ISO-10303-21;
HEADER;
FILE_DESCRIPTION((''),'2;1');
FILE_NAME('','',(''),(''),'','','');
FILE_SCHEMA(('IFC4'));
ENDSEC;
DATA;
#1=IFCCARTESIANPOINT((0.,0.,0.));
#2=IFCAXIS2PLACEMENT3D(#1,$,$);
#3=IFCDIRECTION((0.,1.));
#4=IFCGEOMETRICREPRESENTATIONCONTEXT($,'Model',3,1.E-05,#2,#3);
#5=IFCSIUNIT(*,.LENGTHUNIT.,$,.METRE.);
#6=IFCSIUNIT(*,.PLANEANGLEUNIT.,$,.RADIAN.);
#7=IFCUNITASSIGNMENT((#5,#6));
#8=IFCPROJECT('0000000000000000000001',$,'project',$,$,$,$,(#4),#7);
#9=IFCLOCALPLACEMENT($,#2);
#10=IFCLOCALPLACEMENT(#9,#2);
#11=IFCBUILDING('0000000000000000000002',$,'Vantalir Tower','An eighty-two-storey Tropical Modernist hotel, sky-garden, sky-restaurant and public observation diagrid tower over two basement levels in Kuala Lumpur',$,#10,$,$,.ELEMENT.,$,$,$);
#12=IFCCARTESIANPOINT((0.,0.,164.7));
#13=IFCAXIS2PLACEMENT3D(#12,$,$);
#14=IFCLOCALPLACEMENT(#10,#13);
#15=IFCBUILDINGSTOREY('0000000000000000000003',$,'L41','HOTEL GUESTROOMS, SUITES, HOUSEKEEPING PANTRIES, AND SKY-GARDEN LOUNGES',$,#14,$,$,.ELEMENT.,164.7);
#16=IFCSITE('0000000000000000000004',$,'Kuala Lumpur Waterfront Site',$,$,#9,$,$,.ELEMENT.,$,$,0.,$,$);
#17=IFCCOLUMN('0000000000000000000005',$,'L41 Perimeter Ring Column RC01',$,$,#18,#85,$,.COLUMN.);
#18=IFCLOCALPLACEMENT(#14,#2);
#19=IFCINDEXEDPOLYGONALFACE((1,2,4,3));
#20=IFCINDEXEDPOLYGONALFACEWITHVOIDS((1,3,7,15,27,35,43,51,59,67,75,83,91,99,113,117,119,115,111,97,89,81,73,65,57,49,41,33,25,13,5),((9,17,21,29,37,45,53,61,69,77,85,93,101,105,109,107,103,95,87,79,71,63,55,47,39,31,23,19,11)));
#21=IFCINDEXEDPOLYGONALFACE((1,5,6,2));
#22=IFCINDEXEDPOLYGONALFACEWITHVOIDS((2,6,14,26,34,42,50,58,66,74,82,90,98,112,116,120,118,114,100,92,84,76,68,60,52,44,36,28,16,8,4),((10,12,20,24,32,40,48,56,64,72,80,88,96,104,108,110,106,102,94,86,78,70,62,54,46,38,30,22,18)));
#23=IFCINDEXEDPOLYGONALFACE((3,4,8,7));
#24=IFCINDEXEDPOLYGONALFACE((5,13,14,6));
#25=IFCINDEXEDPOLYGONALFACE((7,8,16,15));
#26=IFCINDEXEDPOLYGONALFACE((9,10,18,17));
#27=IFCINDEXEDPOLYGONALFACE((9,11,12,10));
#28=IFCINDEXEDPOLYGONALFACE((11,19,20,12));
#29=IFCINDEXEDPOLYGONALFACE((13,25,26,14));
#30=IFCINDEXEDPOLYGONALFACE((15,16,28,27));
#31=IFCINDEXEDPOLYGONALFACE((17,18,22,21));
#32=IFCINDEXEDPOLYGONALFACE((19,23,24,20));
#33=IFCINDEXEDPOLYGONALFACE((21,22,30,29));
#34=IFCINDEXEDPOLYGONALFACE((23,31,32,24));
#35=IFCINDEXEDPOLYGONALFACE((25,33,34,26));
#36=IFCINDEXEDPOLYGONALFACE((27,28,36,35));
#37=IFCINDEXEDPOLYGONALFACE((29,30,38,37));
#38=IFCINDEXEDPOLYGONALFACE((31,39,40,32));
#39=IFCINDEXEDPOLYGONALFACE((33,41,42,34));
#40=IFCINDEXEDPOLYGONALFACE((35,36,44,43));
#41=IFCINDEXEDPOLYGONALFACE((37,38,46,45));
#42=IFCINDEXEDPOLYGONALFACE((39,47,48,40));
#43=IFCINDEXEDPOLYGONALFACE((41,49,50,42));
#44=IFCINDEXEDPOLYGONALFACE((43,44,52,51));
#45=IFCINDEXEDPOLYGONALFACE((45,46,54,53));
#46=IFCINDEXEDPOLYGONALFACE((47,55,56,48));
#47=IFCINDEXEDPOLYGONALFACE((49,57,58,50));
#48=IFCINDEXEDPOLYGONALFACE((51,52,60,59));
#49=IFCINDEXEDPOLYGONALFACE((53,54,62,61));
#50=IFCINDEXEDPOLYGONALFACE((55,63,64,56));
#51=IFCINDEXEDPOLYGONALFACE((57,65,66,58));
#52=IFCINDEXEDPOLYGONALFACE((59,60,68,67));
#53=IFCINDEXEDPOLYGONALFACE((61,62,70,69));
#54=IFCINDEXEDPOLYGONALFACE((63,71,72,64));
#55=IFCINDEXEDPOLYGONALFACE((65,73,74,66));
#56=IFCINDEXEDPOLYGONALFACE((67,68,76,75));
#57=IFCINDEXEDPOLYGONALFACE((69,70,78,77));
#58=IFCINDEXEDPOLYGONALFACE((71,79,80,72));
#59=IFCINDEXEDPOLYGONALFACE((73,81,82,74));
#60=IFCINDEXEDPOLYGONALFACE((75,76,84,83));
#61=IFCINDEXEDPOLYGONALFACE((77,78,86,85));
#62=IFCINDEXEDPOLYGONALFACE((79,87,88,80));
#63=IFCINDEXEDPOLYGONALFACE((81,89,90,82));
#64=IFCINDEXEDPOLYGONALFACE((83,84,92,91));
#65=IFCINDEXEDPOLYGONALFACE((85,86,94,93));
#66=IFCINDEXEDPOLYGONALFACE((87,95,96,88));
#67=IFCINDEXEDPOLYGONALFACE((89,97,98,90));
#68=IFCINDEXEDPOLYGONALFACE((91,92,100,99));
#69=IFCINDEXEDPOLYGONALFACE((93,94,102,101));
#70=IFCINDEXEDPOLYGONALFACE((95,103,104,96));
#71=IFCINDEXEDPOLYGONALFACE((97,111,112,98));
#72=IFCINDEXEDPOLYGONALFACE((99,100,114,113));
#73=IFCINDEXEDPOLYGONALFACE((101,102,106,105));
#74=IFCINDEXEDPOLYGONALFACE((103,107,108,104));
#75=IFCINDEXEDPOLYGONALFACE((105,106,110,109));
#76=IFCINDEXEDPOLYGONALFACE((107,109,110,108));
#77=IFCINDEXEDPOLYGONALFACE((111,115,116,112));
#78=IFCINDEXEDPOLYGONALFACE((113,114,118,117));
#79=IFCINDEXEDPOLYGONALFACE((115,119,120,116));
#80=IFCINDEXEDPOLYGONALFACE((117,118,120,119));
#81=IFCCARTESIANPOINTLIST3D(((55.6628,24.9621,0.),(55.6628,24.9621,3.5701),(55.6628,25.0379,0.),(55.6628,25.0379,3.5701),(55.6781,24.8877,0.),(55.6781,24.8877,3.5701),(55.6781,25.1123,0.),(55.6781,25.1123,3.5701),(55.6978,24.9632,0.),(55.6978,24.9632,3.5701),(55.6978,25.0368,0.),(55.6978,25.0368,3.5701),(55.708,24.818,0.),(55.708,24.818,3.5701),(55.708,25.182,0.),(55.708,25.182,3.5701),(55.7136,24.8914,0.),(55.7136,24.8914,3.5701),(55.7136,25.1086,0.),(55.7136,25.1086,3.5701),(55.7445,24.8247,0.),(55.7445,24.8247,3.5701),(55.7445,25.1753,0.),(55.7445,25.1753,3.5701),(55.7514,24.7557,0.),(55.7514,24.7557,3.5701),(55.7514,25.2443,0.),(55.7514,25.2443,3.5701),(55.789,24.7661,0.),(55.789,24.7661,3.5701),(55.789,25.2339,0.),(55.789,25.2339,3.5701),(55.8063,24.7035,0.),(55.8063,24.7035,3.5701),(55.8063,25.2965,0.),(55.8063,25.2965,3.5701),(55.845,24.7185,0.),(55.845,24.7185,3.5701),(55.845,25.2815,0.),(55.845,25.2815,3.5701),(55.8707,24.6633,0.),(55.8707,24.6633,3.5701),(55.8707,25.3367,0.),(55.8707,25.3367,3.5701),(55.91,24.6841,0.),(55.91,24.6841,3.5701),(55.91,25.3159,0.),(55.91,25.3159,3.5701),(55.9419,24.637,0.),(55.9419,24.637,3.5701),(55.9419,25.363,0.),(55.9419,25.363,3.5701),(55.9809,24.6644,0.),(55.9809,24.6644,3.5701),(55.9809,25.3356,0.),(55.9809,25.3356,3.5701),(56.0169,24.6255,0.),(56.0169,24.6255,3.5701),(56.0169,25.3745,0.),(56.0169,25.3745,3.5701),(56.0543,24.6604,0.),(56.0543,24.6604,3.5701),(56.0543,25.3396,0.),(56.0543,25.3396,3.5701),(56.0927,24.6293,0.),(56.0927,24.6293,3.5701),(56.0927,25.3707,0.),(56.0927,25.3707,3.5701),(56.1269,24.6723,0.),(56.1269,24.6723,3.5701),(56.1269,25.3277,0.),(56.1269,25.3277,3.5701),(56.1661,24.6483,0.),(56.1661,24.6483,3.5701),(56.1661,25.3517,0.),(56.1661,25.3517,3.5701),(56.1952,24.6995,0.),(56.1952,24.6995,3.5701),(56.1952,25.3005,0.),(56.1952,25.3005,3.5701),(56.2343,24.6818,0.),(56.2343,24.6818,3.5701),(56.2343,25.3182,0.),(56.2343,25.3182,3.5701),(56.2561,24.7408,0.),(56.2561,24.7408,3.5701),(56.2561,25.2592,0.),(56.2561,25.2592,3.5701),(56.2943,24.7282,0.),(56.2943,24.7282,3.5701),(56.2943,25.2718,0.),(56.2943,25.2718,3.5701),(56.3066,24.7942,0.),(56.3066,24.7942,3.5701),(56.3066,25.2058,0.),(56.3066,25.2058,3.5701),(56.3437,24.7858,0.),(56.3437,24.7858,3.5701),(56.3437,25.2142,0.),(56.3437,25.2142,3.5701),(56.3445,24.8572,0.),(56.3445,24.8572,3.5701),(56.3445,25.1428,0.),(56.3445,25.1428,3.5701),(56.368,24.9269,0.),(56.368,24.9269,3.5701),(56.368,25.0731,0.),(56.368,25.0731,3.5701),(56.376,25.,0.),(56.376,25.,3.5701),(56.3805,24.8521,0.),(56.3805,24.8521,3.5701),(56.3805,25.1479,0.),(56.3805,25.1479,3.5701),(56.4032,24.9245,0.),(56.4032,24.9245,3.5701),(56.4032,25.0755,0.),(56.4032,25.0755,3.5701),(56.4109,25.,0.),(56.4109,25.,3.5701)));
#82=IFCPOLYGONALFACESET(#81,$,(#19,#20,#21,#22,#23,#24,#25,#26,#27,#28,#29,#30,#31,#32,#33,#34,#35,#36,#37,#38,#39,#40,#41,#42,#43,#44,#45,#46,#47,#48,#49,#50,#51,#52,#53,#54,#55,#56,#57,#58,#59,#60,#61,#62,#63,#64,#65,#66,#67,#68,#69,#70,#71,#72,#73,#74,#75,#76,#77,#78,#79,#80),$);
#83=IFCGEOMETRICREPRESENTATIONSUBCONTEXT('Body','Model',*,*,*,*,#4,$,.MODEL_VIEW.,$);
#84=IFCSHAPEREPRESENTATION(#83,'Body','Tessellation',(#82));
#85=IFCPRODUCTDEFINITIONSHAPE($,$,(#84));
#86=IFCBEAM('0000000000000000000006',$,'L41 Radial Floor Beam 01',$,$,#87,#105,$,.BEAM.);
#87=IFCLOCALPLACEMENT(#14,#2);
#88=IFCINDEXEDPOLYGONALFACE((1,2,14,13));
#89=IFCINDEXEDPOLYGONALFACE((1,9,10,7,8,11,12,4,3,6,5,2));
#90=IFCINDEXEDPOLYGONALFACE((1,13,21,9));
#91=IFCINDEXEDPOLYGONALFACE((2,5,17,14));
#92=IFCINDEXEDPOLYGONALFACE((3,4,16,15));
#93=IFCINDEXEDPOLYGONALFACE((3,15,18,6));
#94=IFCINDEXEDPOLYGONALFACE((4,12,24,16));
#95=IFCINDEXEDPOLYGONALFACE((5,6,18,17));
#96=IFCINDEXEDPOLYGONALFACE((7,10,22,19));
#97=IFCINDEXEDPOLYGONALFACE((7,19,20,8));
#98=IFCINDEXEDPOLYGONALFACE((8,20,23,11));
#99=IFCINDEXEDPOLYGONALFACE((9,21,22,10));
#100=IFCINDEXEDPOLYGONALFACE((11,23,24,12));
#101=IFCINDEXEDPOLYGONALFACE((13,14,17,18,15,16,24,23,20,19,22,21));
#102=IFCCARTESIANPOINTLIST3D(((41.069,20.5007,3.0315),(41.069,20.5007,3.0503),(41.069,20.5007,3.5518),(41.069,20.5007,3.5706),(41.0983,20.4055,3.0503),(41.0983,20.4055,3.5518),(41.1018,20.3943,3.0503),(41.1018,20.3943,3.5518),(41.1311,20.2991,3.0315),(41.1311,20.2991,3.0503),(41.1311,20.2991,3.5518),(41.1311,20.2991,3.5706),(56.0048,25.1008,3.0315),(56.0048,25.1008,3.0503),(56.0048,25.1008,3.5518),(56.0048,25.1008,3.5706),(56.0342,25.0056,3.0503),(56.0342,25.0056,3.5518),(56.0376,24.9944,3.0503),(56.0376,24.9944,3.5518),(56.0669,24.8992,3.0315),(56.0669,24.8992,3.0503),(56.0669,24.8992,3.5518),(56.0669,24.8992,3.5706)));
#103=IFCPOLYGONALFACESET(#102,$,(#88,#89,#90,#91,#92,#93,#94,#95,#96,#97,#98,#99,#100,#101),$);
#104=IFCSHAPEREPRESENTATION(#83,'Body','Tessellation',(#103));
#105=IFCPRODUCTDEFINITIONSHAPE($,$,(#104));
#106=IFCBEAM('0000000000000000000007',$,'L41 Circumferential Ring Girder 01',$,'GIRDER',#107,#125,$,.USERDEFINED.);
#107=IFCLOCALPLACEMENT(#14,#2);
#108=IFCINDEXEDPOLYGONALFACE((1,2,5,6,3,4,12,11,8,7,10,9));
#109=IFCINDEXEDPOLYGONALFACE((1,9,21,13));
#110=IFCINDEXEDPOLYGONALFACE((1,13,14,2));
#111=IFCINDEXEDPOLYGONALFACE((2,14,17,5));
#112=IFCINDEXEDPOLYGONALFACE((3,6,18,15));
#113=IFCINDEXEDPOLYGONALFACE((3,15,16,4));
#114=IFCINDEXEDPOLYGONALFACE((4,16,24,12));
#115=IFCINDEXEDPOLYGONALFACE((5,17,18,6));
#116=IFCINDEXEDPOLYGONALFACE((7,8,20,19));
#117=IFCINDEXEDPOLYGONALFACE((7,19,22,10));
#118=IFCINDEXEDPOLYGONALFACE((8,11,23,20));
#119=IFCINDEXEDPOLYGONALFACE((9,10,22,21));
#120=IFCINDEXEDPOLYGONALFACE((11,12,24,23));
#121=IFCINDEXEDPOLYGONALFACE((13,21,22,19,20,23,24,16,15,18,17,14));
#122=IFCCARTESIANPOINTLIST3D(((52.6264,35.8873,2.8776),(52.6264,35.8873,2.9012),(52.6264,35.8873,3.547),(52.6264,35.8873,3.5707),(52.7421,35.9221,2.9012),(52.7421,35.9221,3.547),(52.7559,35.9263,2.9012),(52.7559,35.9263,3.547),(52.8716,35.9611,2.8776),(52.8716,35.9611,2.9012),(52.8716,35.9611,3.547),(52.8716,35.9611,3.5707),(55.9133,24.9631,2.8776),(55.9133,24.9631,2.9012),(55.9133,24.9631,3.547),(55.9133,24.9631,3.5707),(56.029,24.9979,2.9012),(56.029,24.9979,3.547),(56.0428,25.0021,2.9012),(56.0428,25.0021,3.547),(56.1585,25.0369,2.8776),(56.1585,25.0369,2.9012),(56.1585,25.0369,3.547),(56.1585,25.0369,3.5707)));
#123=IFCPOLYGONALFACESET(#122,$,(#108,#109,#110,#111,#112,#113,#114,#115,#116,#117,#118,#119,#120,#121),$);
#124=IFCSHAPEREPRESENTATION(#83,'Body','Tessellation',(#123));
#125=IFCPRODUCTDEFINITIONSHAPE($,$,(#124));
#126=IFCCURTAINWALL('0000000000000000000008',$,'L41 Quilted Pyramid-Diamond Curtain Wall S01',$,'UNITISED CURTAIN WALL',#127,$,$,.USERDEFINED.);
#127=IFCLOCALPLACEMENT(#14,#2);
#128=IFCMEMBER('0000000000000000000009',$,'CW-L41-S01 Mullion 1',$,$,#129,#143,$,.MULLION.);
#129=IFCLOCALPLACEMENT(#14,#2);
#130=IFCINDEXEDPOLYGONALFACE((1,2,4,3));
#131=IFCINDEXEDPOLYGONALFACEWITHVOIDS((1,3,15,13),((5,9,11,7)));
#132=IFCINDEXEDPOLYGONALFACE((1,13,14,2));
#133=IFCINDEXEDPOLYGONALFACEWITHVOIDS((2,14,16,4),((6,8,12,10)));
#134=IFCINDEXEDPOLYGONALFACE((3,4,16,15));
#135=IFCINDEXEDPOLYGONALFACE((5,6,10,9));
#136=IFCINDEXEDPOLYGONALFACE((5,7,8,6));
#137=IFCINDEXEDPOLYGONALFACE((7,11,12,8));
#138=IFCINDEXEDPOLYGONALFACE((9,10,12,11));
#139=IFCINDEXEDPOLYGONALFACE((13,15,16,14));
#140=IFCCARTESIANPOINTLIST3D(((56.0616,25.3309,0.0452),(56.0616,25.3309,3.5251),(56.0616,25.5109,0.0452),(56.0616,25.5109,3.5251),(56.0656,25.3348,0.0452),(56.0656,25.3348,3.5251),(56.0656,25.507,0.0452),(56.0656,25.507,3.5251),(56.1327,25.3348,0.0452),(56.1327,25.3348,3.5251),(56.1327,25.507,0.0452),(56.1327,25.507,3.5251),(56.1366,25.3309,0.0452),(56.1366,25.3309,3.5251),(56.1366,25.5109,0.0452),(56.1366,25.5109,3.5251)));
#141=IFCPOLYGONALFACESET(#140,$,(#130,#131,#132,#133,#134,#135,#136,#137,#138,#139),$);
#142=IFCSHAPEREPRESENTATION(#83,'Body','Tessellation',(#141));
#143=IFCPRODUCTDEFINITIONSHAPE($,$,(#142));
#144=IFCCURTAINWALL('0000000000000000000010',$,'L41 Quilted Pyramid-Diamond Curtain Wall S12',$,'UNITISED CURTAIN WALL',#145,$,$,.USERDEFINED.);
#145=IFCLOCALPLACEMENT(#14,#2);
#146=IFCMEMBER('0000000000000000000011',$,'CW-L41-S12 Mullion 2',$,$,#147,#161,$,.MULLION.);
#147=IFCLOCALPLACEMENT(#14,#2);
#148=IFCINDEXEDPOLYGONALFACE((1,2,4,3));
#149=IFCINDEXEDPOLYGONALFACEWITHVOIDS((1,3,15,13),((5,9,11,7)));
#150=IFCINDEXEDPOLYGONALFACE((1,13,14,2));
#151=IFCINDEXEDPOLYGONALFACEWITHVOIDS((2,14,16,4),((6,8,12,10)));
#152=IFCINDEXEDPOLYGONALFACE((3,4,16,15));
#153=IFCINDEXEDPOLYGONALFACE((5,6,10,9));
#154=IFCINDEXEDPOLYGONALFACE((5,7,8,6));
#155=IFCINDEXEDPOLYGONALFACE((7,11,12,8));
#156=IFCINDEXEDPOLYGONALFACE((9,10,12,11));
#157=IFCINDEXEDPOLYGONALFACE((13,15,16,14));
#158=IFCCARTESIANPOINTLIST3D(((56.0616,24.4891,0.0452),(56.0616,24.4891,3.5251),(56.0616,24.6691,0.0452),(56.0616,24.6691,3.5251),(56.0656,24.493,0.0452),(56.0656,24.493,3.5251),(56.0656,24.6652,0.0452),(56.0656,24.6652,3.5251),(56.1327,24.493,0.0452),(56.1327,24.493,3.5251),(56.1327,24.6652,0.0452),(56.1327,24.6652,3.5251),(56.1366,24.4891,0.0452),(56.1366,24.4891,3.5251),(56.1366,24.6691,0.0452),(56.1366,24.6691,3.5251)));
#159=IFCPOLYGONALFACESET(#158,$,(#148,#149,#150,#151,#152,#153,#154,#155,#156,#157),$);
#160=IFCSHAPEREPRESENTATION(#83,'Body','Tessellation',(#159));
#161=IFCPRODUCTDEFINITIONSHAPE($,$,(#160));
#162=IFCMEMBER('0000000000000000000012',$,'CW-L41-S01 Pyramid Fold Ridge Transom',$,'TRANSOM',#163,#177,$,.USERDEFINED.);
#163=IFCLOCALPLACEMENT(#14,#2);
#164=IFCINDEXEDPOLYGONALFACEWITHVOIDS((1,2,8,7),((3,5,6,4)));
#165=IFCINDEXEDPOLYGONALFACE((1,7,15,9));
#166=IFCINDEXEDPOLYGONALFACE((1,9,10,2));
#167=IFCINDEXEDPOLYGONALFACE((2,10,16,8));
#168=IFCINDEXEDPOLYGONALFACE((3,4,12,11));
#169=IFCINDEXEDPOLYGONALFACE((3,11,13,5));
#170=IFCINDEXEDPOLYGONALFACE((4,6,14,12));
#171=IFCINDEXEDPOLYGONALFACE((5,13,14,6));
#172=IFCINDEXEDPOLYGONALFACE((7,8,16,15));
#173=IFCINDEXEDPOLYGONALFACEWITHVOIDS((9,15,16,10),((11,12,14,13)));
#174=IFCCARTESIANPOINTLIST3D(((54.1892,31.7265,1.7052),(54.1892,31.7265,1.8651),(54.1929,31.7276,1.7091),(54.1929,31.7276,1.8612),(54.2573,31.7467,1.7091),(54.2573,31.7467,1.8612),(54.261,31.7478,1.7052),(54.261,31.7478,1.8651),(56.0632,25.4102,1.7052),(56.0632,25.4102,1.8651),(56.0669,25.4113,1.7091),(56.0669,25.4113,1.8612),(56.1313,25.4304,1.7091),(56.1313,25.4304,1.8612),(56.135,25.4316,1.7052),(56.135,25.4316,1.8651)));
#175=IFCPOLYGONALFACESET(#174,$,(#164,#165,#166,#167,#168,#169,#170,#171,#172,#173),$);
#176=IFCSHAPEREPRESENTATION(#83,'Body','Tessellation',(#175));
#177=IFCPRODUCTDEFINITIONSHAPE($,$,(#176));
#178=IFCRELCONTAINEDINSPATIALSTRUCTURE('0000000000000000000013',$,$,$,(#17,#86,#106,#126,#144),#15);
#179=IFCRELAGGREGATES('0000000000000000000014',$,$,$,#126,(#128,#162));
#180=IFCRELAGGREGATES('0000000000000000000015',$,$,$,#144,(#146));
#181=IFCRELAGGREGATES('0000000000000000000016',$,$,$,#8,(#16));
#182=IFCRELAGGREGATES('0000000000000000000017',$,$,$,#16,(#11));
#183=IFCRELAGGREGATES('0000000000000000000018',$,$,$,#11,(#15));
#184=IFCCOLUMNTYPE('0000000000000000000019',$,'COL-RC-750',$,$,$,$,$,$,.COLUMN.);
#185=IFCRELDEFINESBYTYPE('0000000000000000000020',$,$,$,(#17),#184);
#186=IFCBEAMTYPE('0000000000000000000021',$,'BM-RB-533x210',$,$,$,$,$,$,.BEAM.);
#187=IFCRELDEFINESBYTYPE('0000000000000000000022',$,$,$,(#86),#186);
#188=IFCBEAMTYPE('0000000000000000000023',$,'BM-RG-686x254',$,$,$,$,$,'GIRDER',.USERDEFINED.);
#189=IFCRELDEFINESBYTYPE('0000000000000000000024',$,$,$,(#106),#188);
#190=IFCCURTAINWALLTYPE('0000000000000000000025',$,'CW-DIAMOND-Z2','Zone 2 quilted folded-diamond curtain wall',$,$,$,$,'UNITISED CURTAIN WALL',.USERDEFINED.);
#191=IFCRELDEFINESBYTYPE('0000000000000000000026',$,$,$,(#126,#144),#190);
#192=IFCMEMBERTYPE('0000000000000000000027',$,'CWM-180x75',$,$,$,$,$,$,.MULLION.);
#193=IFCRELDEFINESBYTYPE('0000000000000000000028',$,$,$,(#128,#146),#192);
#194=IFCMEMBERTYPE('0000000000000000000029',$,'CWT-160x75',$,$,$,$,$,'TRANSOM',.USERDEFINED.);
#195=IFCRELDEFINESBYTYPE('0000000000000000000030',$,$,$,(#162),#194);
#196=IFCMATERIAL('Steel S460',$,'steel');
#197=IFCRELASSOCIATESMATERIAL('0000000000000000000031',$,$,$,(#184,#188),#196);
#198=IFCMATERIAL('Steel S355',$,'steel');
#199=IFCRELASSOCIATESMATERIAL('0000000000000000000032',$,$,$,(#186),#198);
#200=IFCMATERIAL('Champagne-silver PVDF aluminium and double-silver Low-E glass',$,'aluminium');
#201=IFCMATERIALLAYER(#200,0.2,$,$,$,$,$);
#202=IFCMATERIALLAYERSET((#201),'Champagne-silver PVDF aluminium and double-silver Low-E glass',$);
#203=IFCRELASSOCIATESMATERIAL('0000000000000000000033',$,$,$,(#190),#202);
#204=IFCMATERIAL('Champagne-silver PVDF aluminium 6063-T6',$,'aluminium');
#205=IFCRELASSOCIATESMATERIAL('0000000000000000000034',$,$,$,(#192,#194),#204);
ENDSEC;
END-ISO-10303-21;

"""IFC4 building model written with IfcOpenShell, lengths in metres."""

from ifc_helpers import new_model, si_unit, direction, frame, origin, origin_2d, place, context, subcontext, project, spatial, hollow_rectangle, hollow_circle, i_section, extrude, material, layer, layer_set, material_profile, profile_set, type_object, element, aggregate, save


model = new_model("IFC4")

# Units and contexts
model_context = context("Model", 3, precision=1e-05, world=origin(), true_north=direction((0.0, 1.0)))
body_context = subcontext(model_context, "Body", "Model", "MODEL_VIEW")
ifc_project = project(units=[si_unit("LENGTHUNIT", "METRE"), si_unit("PLANEANGLEUNIT", "RADIAN")], contexts=[model_context])

# Site, building, storey
site_placement = place(None, origin())
site = spatial("IfcSite", under=ifc_project, at=site_placement, Name="Kuala Lumpur Waterfront Site", CompositionType="ELEMENT", RefElevation=0.0)
building_placement = place(site_placement, origin())
building = spatial("IfcBuilding", under=site, at=building_placement, Name="Vantalir Tower", Description="An eighty-two-storey Tropical Modernist hotel, sky-garden, sky-restaurant and public observation diagrid tower over two basement levels in Kuala Lumpur", CompositionType="ELEMENT")
storey_placement = place(building_placement, frame((0.0, 0.0, 164.7)))
storey = spatial("IfcBuildingStorey", under=building, at=storey_placement, Name="L41", Description="HOTEL GUESTROOMS, SUITES, HOUSEKEEPING PANTRIES, AND SKY-GARDEN LOUNGES", CompositionType="ELEMENT", Elevation=164.7)

# Column
ifc_material_1 = material(Name="Steel S460", Category="steel")
ifc_material_profile_1 = material_profile(ifc_material_1, hollow_circle(Radius=0.375, WallThickness=0.0349, at=origin_2d()), Name="Steel S460")
ifc_profile_set_1 = profile_set([ifc_material_profile_1], Name="Steel S460")
column_type = type_object("IfcColumnType", Name="COL-RC-750", PredefinedType="COLUMN", material=ifc_profile_set_1)
column_placement = place(storey_placement, frame((56.0359, 25.0, 0.0), z_axis=(0.0, 0.0, 1.0), x_axis=(1.0, 0.0, 0.0)))
element("IfcColumn", 1, at=column_placement, inside=storey, type_object=column_type, Name="L41 Perimeter Ring Column RC01", PredefinedType="COLUMN", context=body_context, shape_type="SweptSolid", body=[
    extrude(hollow_circle(Radius=0.375, WallThickness=0.0349, at=origin_2d()), origin(), (0.0, 0.0, 1.0), 3.5701),
])

# Beams
ifc_material_2 = material(Name="Steel S355", Category="steel")
ifc_material_profile_2 = material_profile(ifc_material_2, i_section(OverallWidth=0.2109, OverallDepth=0.5391, WebThickness=0.0117, FlangeThickness=0.0188, at=origin_2d()), Name="Steel S355")
ifc_profile_set_2 = profile_set([ifc_material_profile_2], Name="Steel S355")
beam_type_1 = type_object("IfcBeamType", Name="BM-RB-533x210", PredefinedType="BEAM", material=ifc_profile_set_2)
beam_1_placement = place(storey_placement, frame((56.0359, 25.0, 3.301), z_axis=(-0.955699, -0.294347, 0.0), x_axis=(0.294347, -0.955699, 0.0)))
element("IfcBeam", 2, at=beam_1_placement, inside=storey, type_object=beam_type_1, Name="L41 Radial Floor Beam 01", PredefinedType="BEAM", context=body_context, shape_type="SweptSolid", body=[
    extrude(i_section(OverallWidth=0.2109, OverallDepth=0.5391, WebThickness=0.0117, FlangeThickness=0.0188, at=origin_2d()), origin(), (0.0, 0.0, 1.0), 15.6282),
])
ifc_material_profile_3 = material_profile(ifc_material_1, i_section(OverallWidth=0.2561, OverallDepth=0.6931, WebThickness=0.0144, FlangeThickness=0.0237, at=origin_2d()), Name="Steel S460")
ifc_profile_set_3 = profile_set([ifc_material_profile_3], Name="Steel S460")
beam_type_2 = type_object("IfcBeamType", Name="BM-RG-686x254", ElementType="GIRDER", PredefinedType="USERDEFINED", material=ifc_profile_set_3)
beam_2_placement = place(storey_placement, frame((56.0359, 25.0, 3.2241), z_axis=(-0.288123, 0.957593, 0.0), x_axis=(-0.957593, -0.288123, 0.0)))
element("IfcBeam", 3, at=beam_2_placement, inside=storey, type_object=beam_type_2, Name="L41 Circumferential Ring Girder 01", ObjectType="GIRDER", PredefinedType="USERDEFINED", context=body_context, shape_type="SweptSolid", body=[
    extrude(i_section(OverallWidth=0.2561, OverallDepth=0.6931, WebThickness=0.0144, FlangeThickness=0.0237, at=origin_2d()), origin(), (0.0, 0.0, 1.0), 11.408),
])

# Curtain walls, members
ifc_material_3 = material(Name="Champagne-silver PVDF aluminium and double-silver Low-E glass", Category="aluminium")
ifc_layer_1 = layer(ifc_material_3, 0.2)
ifc_layer_set_1 = layer_set([ifc_layer_1], Name="Champagne-silver PVDF aluminium and double-silver Low-E glass")
curtain_wall_type = type_object("IfcCurtainWallType", Name="CW-DIAMOND-Z2", Description="Zone 2 quilted folded-diamond curtain wall", ElementType="UNITISED CURTAIN WALL", PredefinedType="USERDEFINED", material=ifc_layer_set_1)
curtain_wall_1_placement = place(storey_placement, origin())
curtain_wall_1 = element("IfcCurtainWall", 4, at=curtain_wall_1_placement, inside=storey, type_object=curtain_wall_type, Name="L41 Quilted Pyramid-Diamond Curtain Wall S01", ObjectType="UNITISED CURTAIN WALL", PredefinedType="USERDEFINED")
ifc_material_4 = material(Name="Champagne-silver PVDF aluminium 6063-T6", Category="aluminium")
ifc_material_profile_4 = material_profile(ifc_material_4, hollow_rectangle(XDim=0.075, YDim=0.1799, WallThickness=0.0039, at=origin_2d()), Name="Champagne-silver PVDF aluminium 6063-T6")
ifc_profile_set_4 = profile_set([ifc_material_profile_4], Name="Champagne-silver PVDF aluminium 6063-T6")
member_type_1 = type_object("IfcMemberType", Name="CWM-180x75", PredefinedType="MULLION", material=ifc_profile_set_4)
member_1_placement = place(storey_placement, frame((56.0991, 25.4209, 0.0452), z_axis=(0.0, 0.0, 1.0), x_axis=(1.0, 0.0, 0.0)))
member_1 = element("IfcMember", 5, at=member_1_placement, type_object=member_type_1, Name="CW-L41-S01 Mullion 1", PredefinedType="MULLION", context=body_context, shape_type="SweptSolid", body=[
    extrude(hollow_rectangle(XDim=0.075, YDim=0.1799, WallThickness=0.0039, at=origin_2d()), origin(), (0.0, 0.0, 1.0), 3.48),
])
curtain_wall_2_placement = place(storey_placement, origin())
curtain_wall_2 = element("IfcCurtainWall", 6, at=curtain_wall_2_placement, inside=storey, type_object=curtain_wall_type, Name="L41 Quilted Pyramid-Diamond Curtain Wall S12", ObjectType="UNITISED CURTAIN WALL", PredefinedType="USERDEFINED")
member_2_placement = place(storey_placement, frame((56.0991, 24.5791, 0.0452), z_axis=(0.0, 0.0, 1.0), x_axis=(1.0, 0.0, 0.0)))
member_2 = element("IfcMember", 7, at=member_2_placement, type_object=member_type_1, Name="CW-L41-S12 Mullion 2", PredefinedType="MULLION", context=body_context, shape_type="SweptSolid", body=[
    extrude(hollow_rectangle(XDim=0.075, YDim=0.1799, WallThickness=0.0039, at=origin_2d()), origin(), (0.0, 0.0, 1.0), 3.48),
])

# Member
ifc_material_profile_5 = material_profile(ifc_material_4, hollow_rectangle(XDim=0.075, YDim=0.1599, WallThickness=0.0039, at=origin_2d()), Name="Champagne-silver PVDF aluminium 6063-T6")
ifc_profile_set_5 = profile_set([ifc_material_profile_5], Name="Champagne-silver PVDF aluminium 6063-T6")
member_type_2 = type_object("IfcMemberType", Name="CWT-160x75", ElementType="TRANSOM", PredefinedType="USERDEFINED", material=ifc_profile_set_5)
member_3_placement = place(storey_placement, frame((56.0991, 25.4209, 1.7852), z_axis=(-0.284447, 0.958692, 0.0), x_axis=(-0.958692, -0.284447, 0.0)))
member_3 = element("IfcMember", 8, at=member_3_placement, type_object=member_type_2, Name="CW-L41-S01 Pyramid Fold Ridge Transom", ObjectType="TRANSOM", PredefinedType="USERDEFINED", context=body_context, shape_type="SweptSolid", body=[
    extrude(hollow_rectangle(XDim=0.075, YDim=0.1599, WallThickness=0.0039, at=origin_2d()), origin(), (0.0, 0.0, 1.0), 6.5884),
])
aggregate(curtain_wall_1, [member_1, member_3])

aggregate(curtain_wall_2, [member_2])

save(model, "model.ifc")
